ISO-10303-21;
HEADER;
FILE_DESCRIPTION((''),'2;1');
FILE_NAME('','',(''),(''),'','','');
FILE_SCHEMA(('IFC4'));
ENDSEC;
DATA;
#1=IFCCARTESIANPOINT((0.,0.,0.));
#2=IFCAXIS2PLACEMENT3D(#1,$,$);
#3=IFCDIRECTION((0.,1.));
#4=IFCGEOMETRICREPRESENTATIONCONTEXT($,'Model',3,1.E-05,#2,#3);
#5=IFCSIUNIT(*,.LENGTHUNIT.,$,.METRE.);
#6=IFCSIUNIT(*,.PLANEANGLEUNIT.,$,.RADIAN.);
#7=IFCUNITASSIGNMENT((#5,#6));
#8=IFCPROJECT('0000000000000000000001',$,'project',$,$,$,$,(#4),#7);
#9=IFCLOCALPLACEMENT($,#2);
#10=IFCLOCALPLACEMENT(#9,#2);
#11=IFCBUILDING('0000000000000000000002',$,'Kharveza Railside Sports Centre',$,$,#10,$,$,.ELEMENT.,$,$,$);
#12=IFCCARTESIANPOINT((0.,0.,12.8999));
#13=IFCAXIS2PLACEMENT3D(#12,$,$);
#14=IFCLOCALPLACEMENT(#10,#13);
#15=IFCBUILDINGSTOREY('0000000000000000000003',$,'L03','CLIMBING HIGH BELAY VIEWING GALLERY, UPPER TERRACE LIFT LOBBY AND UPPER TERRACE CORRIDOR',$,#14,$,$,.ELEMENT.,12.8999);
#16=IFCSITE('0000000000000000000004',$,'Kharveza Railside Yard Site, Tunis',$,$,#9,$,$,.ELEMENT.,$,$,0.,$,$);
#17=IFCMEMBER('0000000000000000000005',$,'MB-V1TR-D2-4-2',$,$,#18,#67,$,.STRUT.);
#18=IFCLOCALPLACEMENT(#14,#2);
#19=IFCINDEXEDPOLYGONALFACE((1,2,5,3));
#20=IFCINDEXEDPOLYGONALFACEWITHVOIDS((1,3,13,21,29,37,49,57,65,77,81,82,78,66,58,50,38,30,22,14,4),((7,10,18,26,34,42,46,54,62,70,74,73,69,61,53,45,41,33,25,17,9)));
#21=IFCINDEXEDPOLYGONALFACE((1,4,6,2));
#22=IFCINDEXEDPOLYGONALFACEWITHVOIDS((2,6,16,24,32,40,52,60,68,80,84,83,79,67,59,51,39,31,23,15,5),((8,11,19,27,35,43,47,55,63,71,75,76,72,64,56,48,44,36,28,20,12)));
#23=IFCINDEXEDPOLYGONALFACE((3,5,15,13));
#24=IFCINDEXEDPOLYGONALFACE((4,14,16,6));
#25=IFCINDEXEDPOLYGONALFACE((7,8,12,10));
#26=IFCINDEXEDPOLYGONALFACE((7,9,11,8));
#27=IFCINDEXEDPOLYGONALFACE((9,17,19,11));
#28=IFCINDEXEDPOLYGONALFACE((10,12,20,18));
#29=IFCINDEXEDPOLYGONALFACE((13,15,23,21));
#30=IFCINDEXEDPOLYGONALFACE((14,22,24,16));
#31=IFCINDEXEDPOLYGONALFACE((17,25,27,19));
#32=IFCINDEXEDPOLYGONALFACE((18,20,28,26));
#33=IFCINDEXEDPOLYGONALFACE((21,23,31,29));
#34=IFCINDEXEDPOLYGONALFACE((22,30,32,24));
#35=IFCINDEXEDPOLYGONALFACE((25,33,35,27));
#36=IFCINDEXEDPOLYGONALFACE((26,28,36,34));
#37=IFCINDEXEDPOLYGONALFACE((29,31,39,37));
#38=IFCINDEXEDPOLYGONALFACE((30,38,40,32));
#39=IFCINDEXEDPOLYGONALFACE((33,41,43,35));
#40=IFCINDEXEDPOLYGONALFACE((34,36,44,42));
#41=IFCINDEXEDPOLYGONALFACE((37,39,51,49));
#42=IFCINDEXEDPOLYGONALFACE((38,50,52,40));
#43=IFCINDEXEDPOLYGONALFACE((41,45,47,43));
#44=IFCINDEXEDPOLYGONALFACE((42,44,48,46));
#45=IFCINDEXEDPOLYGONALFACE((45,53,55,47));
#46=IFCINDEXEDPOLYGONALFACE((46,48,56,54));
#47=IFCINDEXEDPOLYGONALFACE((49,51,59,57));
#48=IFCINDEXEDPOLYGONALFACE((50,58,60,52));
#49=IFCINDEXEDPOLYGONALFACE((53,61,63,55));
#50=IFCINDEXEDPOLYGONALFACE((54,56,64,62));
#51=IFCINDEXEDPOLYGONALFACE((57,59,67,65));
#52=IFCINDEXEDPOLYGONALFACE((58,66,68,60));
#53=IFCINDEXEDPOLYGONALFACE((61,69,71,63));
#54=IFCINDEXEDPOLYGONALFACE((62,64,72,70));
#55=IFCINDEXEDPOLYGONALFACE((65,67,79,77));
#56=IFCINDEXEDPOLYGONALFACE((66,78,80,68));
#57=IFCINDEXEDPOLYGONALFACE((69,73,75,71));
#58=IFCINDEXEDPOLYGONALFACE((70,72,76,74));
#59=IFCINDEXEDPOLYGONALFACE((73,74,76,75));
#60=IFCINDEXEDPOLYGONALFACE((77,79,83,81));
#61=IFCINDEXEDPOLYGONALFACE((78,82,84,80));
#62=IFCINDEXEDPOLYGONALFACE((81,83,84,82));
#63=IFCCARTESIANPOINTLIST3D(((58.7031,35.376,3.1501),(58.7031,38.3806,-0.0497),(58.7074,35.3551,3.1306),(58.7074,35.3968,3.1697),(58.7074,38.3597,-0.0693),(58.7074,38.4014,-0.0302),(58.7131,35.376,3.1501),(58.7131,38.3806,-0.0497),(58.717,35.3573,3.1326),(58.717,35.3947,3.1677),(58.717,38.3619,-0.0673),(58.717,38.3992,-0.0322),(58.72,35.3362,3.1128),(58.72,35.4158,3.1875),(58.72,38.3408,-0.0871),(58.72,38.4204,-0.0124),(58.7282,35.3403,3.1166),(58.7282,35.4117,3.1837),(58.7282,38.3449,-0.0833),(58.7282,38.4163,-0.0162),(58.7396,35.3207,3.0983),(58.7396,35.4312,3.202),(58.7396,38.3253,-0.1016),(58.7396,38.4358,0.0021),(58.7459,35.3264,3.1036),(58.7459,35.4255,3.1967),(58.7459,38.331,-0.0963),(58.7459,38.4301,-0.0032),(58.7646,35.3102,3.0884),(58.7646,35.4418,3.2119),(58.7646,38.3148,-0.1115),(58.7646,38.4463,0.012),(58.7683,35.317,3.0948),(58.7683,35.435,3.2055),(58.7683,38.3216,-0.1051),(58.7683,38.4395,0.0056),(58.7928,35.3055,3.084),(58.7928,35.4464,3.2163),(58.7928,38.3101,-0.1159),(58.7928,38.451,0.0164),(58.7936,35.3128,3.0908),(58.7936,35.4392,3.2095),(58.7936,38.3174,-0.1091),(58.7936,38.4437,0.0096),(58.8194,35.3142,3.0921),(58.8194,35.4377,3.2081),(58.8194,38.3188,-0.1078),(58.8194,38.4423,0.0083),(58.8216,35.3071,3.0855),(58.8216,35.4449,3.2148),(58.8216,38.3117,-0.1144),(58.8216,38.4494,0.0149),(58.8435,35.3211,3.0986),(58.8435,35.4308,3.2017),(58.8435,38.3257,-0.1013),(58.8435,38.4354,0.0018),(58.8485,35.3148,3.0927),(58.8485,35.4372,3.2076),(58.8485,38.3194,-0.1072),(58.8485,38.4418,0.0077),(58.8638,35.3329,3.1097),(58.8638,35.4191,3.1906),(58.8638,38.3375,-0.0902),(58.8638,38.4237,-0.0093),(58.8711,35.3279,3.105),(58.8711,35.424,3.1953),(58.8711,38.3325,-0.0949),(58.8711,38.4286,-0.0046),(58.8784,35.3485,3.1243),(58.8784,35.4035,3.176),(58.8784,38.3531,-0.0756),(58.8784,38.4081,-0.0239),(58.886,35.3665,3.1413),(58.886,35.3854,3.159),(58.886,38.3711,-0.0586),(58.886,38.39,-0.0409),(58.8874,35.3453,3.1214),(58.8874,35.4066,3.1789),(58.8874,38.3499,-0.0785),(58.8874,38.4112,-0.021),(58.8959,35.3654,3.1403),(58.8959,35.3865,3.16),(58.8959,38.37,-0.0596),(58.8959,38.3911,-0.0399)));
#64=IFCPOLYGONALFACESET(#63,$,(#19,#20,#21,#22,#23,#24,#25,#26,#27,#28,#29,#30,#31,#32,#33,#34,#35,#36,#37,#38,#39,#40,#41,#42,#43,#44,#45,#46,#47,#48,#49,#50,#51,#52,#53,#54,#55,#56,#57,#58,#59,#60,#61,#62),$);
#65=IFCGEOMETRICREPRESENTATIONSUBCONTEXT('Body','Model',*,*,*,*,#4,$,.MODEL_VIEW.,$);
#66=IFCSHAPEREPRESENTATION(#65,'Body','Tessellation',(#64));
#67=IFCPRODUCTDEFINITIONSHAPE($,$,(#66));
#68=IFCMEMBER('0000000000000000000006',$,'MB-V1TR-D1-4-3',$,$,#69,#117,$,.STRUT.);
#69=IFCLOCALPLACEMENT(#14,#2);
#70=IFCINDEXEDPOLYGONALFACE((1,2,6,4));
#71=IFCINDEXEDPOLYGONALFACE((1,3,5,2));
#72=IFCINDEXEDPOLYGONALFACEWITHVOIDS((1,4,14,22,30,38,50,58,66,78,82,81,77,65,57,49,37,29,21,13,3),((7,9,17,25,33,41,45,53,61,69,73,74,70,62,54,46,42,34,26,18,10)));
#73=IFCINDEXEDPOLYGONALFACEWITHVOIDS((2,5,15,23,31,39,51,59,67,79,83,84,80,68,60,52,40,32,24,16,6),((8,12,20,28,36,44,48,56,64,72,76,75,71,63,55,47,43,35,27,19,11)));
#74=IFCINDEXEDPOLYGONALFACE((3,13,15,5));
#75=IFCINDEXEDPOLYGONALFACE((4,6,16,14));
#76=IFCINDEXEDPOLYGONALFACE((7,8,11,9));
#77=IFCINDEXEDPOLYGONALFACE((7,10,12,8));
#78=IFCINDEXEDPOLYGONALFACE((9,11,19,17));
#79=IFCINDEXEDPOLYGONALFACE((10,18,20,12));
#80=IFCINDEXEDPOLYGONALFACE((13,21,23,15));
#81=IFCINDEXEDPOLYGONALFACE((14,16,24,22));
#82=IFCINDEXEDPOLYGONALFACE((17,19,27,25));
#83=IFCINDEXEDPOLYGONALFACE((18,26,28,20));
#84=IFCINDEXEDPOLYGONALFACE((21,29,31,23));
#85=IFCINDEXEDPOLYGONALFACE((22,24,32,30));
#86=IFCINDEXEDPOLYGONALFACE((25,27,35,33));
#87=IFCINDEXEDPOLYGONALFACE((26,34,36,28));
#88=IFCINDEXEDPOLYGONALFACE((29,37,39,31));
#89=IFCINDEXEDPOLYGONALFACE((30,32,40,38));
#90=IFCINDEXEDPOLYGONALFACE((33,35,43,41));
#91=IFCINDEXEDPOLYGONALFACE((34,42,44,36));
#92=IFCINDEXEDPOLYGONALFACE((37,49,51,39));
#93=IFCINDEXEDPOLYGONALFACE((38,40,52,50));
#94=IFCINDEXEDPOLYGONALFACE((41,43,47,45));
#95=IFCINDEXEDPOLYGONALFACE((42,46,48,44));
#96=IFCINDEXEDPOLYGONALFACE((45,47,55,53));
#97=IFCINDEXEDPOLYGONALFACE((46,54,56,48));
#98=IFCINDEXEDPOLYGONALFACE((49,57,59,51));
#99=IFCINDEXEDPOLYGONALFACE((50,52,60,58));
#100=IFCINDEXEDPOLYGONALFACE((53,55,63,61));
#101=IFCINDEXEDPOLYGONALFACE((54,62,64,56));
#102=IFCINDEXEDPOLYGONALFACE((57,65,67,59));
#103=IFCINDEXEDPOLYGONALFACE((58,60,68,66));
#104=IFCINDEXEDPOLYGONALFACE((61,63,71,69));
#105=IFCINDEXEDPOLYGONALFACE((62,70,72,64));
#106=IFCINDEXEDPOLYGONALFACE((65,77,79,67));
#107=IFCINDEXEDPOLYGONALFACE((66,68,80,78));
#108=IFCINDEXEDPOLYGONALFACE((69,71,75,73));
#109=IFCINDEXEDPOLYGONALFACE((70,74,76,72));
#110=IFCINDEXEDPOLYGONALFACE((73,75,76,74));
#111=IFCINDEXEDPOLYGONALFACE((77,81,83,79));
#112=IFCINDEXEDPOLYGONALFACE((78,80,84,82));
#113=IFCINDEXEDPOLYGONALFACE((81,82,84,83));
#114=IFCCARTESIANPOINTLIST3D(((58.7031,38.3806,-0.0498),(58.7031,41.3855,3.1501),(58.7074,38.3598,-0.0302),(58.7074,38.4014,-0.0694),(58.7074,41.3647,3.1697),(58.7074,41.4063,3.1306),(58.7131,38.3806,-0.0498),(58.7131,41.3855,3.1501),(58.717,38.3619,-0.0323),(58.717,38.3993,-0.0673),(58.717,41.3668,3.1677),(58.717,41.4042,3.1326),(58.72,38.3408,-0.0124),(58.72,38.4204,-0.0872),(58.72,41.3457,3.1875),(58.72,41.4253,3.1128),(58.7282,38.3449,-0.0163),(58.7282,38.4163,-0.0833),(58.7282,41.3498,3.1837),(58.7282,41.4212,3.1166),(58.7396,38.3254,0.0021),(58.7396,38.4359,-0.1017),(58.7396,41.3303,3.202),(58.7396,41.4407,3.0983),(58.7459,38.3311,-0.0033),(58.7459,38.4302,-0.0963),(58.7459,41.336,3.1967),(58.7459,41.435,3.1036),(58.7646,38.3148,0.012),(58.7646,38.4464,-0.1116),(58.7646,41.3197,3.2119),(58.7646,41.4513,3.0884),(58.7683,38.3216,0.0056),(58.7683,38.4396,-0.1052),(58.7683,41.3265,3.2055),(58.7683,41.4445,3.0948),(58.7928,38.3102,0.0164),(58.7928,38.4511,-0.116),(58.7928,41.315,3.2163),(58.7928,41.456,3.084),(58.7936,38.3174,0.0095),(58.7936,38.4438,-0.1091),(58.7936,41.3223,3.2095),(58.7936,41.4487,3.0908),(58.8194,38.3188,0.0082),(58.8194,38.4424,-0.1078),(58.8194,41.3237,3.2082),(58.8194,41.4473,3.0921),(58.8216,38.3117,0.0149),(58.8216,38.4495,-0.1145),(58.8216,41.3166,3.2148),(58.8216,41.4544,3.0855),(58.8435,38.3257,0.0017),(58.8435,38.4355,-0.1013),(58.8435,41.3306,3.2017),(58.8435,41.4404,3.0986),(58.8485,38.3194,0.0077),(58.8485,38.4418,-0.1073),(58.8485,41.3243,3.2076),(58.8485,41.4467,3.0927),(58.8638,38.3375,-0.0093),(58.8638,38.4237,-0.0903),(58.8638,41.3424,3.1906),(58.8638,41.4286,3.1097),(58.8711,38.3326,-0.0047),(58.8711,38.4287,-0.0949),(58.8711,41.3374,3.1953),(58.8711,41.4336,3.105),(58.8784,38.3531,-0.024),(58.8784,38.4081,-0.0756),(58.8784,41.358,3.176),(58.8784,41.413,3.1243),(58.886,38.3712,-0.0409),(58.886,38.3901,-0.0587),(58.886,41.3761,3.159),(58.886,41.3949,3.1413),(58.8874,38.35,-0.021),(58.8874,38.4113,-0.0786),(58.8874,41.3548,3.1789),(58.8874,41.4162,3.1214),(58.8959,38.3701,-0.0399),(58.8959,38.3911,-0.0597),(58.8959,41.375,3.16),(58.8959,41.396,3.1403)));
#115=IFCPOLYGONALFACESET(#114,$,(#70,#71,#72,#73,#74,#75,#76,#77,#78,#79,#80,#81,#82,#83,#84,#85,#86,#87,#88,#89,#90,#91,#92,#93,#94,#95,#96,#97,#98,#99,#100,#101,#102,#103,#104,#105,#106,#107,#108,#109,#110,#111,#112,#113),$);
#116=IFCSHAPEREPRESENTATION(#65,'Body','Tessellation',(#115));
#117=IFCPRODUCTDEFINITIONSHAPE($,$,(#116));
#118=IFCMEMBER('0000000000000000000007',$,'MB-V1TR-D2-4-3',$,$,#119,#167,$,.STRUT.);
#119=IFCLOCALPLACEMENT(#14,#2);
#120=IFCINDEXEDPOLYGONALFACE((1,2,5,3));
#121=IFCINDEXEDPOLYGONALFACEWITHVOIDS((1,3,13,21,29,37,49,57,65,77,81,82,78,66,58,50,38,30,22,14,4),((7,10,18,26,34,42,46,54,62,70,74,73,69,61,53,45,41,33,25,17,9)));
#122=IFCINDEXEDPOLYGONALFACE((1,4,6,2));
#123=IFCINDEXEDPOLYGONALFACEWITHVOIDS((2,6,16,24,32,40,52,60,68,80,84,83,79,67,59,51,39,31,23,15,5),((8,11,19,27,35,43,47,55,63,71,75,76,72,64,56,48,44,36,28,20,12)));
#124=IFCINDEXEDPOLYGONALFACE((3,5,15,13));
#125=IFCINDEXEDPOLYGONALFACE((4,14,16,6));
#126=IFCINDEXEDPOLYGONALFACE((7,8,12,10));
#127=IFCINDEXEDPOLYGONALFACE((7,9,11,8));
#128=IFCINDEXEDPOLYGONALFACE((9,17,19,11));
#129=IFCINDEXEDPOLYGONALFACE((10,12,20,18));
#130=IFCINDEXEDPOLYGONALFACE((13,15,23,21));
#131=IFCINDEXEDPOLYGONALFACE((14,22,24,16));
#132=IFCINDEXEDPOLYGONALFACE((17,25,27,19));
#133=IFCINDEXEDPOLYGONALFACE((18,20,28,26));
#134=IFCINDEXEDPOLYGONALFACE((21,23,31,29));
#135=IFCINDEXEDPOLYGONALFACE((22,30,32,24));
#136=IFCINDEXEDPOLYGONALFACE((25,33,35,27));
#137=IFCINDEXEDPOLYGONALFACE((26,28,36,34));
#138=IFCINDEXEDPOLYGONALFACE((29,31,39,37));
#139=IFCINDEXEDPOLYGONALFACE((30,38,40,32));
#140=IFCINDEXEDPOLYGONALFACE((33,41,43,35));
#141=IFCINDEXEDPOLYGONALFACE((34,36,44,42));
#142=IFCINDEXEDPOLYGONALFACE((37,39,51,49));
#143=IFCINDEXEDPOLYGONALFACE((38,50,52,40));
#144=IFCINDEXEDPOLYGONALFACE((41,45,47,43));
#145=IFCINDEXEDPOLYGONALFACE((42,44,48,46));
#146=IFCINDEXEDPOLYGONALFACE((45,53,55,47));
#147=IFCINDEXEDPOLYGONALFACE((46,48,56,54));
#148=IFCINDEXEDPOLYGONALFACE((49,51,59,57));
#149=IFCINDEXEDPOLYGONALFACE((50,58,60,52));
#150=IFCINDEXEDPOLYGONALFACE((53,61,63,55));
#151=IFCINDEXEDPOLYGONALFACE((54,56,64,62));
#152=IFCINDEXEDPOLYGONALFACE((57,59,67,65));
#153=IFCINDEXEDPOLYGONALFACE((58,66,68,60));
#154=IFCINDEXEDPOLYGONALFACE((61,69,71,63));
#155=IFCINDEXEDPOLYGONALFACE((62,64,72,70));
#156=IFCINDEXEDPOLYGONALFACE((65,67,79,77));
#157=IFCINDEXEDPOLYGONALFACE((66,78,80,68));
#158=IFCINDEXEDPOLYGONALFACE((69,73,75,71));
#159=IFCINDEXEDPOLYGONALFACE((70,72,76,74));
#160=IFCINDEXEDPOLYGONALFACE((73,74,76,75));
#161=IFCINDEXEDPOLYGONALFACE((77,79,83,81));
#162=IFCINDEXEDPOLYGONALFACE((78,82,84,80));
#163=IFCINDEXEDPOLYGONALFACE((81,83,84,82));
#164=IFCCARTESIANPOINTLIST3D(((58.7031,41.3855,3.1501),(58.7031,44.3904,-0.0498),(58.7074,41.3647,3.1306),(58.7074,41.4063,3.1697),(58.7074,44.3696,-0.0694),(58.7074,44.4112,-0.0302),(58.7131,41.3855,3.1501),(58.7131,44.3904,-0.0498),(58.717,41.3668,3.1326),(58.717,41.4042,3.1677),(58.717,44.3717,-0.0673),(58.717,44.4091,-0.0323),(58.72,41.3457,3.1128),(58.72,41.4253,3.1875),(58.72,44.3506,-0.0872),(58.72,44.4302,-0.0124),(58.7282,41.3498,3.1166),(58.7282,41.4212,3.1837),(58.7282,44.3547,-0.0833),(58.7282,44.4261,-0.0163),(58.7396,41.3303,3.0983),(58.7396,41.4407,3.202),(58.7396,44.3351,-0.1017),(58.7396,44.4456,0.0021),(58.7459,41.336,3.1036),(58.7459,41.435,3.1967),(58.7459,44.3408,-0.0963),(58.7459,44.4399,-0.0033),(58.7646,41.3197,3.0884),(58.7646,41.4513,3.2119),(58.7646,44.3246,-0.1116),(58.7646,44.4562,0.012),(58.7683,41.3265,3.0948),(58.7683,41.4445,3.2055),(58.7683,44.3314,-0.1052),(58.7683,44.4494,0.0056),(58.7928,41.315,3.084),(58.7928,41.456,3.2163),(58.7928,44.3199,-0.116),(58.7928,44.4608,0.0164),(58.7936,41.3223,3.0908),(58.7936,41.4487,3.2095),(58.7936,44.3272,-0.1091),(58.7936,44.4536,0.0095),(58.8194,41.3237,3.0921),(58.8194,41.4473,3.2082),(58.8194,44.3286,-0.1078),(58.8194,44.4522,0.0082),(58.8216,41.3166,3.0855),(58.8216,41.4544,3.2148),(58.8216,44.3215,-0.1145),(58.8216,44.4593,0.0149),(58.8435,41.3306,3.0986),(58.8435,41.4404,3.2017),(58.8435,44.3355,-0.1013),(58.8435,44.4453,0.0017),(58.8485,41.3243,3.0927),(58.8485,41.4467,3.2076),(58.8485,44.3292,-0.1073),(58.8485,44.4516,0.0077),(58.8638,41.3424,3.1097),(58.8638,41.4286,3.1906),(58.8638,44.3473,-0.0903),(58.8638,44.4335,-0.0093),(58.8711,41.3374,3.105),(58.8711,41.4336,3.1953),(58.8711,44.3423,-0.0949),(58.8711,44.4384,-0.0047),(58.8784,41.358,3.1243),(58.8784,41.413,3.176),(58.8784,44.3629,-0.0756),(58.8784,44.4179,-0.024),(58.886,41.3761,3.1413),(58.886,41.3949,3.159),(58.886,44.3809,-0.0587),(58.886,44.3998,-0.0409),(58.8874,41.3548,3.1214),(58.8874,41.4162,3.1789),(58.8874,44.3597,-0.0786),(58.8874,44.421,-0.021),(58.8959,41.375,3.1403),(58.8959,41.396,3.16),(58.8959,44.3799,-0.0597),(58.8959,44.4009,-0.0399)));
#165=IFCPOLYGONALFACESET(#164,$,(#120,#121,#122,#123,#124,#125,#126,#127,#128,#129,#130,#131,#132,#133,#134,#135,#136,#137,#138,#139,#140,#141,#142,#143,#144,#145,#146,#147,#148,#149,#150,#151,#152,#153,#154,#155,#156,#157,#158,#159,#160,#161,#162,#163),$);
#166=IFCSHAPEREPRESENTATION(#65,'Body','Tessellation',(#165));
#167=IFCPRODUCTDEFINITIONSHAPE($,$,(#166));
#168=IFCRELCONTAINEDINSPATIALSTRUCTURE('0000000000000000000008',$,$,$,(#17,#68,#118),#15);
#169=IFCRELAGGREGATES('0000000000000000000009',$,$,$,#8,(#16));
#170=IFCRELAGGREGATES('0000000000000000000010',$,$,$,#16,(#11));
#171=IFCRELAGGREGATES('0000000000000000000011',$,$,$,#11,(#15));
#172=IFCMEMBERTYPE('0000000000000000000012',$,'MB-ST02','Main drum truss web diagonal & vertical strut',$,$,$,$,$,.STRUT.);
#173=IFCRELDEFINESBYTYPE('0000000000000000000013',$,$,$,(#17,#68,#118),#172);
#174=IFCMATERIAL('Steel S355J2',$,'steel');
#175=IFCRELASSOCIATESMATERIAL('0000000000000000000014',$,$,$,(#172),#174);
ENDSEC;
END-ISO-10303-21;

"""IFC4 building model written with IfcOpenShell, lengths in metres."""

from ifc_helpers import new_model, si_unit, direction, frame, origin, origin_2d, place, context, subcontext, project, spatial, hollow_circle, extrude, material, material_profile, profile_set, type_object, element, save


model = new_model("IFC4")

# Units and contexts
model_context = context("Model", 3, precision=1e-05, world=origin(), true_north=direction((0.0, 1.0)))
body_context = subcontext(model_context, "Body", "Model", "MODEL_VIEW")
ifc_project = project(units=[si_unit("LENGTHUNIT", "METRE"), si_unit("PLANEANGLEUNIT", "RADIAN")], contexts=[model_context])

# Site, building, storey
site_placement = place(None, origin())
site = spatial("IfcSite", under=ifc_project, at=site_placement, Name="Kharveza Railside Yard Site, Tunis", CompositionType="ELEMENT", RefElevation=0.0)
building_placement = place(site_placement, origin())
building = spatial("IfcBuilding", under=site, at=building_placement, Name="Kharveza Railside Sports Centre", CompositionType="ELEMENT")
storey_placement = place(building_placement, frame((0.0, 0.0, 12.8999)))
storey = spatial("IfcBuildingStorey", under=building, at=storey_placement, Name="L03", Description="CLIMBING HIGH BELAY VIEWING GALLERY, UPPER TERRACE LIFT LOBBY AND UPPER TERRACE CORRIDOR", CompositionType="ELEMENT", Elevation=12.8999)

# Members
ifc_material = material(Name="Steel S355J2", Category="steel")
ifc_material_profile_1 = material_profile(ifc_material, hollow_circle(Radius=0.0969, WallThickness=0.01, at=origin_2d()), Name="CHS 193.7x10.0")
ifc_profile_set_1 = profile_set([ifc_material_profile_1], Name="Steel S355J2")
member_type_1 = type_object("IfcMemberType", Name="MB-ST02", Description="Main drum truss web diagonal & vertical strut", PredefinedType="STRUT", material=ifc_profile_set_1)
member_1_placement = place(storey_placement, frame((58.8, 35.376, 3.1501), z_axis=(0.0, 0.684509, -0.729004), x_axis=(-1.0, 0.0, 0.0)))
element("IfcMember", 1, at=member_1_placement, inside=storey, type_object=member_type_1, Name="MB-V1TR-D2-4-2", PredefinedType="STRUT", context=body_context, shape_type="SweptSolid", body=[
    extrude(hollow_circle(Radius=0.0969, WallThickness=0.01, at=origin_2d()), origin(), (0.0, 0.0, 1.0), 4.3894),
])
for number, where, z_axis, x_axis, name in (
    (2, (58.8, 38.3806, -0.0498), (0.0, 0.684538, 0.728977), (-1.0, 0.0, 0.0), "MB-V1TR-D1-4-3"),
    (3, (58.8, 41.3855, 3.1501), (0.0, 0.684538, -0.728977), (-1.0, 0.0, 0.0), "MB-V1TR-D2-4-3"),
):
    element("IfcMember", number, at=place(storey_placement, frame(where, z_axis=z_axis, x_axis=x_axis)), inside=storey, type_object=member_type_1, Name=name, PredefinedType="STRUT", context=body_context, shape_type="SweptSolid", body=[
        extrude(hollow_circle(Radius=0.0969, WallThickness=0.01, at=origin_2d()), origin(), (0.0, 0.0, 1.0), 4.3896),
    ])

save(model, "model.ifc")
